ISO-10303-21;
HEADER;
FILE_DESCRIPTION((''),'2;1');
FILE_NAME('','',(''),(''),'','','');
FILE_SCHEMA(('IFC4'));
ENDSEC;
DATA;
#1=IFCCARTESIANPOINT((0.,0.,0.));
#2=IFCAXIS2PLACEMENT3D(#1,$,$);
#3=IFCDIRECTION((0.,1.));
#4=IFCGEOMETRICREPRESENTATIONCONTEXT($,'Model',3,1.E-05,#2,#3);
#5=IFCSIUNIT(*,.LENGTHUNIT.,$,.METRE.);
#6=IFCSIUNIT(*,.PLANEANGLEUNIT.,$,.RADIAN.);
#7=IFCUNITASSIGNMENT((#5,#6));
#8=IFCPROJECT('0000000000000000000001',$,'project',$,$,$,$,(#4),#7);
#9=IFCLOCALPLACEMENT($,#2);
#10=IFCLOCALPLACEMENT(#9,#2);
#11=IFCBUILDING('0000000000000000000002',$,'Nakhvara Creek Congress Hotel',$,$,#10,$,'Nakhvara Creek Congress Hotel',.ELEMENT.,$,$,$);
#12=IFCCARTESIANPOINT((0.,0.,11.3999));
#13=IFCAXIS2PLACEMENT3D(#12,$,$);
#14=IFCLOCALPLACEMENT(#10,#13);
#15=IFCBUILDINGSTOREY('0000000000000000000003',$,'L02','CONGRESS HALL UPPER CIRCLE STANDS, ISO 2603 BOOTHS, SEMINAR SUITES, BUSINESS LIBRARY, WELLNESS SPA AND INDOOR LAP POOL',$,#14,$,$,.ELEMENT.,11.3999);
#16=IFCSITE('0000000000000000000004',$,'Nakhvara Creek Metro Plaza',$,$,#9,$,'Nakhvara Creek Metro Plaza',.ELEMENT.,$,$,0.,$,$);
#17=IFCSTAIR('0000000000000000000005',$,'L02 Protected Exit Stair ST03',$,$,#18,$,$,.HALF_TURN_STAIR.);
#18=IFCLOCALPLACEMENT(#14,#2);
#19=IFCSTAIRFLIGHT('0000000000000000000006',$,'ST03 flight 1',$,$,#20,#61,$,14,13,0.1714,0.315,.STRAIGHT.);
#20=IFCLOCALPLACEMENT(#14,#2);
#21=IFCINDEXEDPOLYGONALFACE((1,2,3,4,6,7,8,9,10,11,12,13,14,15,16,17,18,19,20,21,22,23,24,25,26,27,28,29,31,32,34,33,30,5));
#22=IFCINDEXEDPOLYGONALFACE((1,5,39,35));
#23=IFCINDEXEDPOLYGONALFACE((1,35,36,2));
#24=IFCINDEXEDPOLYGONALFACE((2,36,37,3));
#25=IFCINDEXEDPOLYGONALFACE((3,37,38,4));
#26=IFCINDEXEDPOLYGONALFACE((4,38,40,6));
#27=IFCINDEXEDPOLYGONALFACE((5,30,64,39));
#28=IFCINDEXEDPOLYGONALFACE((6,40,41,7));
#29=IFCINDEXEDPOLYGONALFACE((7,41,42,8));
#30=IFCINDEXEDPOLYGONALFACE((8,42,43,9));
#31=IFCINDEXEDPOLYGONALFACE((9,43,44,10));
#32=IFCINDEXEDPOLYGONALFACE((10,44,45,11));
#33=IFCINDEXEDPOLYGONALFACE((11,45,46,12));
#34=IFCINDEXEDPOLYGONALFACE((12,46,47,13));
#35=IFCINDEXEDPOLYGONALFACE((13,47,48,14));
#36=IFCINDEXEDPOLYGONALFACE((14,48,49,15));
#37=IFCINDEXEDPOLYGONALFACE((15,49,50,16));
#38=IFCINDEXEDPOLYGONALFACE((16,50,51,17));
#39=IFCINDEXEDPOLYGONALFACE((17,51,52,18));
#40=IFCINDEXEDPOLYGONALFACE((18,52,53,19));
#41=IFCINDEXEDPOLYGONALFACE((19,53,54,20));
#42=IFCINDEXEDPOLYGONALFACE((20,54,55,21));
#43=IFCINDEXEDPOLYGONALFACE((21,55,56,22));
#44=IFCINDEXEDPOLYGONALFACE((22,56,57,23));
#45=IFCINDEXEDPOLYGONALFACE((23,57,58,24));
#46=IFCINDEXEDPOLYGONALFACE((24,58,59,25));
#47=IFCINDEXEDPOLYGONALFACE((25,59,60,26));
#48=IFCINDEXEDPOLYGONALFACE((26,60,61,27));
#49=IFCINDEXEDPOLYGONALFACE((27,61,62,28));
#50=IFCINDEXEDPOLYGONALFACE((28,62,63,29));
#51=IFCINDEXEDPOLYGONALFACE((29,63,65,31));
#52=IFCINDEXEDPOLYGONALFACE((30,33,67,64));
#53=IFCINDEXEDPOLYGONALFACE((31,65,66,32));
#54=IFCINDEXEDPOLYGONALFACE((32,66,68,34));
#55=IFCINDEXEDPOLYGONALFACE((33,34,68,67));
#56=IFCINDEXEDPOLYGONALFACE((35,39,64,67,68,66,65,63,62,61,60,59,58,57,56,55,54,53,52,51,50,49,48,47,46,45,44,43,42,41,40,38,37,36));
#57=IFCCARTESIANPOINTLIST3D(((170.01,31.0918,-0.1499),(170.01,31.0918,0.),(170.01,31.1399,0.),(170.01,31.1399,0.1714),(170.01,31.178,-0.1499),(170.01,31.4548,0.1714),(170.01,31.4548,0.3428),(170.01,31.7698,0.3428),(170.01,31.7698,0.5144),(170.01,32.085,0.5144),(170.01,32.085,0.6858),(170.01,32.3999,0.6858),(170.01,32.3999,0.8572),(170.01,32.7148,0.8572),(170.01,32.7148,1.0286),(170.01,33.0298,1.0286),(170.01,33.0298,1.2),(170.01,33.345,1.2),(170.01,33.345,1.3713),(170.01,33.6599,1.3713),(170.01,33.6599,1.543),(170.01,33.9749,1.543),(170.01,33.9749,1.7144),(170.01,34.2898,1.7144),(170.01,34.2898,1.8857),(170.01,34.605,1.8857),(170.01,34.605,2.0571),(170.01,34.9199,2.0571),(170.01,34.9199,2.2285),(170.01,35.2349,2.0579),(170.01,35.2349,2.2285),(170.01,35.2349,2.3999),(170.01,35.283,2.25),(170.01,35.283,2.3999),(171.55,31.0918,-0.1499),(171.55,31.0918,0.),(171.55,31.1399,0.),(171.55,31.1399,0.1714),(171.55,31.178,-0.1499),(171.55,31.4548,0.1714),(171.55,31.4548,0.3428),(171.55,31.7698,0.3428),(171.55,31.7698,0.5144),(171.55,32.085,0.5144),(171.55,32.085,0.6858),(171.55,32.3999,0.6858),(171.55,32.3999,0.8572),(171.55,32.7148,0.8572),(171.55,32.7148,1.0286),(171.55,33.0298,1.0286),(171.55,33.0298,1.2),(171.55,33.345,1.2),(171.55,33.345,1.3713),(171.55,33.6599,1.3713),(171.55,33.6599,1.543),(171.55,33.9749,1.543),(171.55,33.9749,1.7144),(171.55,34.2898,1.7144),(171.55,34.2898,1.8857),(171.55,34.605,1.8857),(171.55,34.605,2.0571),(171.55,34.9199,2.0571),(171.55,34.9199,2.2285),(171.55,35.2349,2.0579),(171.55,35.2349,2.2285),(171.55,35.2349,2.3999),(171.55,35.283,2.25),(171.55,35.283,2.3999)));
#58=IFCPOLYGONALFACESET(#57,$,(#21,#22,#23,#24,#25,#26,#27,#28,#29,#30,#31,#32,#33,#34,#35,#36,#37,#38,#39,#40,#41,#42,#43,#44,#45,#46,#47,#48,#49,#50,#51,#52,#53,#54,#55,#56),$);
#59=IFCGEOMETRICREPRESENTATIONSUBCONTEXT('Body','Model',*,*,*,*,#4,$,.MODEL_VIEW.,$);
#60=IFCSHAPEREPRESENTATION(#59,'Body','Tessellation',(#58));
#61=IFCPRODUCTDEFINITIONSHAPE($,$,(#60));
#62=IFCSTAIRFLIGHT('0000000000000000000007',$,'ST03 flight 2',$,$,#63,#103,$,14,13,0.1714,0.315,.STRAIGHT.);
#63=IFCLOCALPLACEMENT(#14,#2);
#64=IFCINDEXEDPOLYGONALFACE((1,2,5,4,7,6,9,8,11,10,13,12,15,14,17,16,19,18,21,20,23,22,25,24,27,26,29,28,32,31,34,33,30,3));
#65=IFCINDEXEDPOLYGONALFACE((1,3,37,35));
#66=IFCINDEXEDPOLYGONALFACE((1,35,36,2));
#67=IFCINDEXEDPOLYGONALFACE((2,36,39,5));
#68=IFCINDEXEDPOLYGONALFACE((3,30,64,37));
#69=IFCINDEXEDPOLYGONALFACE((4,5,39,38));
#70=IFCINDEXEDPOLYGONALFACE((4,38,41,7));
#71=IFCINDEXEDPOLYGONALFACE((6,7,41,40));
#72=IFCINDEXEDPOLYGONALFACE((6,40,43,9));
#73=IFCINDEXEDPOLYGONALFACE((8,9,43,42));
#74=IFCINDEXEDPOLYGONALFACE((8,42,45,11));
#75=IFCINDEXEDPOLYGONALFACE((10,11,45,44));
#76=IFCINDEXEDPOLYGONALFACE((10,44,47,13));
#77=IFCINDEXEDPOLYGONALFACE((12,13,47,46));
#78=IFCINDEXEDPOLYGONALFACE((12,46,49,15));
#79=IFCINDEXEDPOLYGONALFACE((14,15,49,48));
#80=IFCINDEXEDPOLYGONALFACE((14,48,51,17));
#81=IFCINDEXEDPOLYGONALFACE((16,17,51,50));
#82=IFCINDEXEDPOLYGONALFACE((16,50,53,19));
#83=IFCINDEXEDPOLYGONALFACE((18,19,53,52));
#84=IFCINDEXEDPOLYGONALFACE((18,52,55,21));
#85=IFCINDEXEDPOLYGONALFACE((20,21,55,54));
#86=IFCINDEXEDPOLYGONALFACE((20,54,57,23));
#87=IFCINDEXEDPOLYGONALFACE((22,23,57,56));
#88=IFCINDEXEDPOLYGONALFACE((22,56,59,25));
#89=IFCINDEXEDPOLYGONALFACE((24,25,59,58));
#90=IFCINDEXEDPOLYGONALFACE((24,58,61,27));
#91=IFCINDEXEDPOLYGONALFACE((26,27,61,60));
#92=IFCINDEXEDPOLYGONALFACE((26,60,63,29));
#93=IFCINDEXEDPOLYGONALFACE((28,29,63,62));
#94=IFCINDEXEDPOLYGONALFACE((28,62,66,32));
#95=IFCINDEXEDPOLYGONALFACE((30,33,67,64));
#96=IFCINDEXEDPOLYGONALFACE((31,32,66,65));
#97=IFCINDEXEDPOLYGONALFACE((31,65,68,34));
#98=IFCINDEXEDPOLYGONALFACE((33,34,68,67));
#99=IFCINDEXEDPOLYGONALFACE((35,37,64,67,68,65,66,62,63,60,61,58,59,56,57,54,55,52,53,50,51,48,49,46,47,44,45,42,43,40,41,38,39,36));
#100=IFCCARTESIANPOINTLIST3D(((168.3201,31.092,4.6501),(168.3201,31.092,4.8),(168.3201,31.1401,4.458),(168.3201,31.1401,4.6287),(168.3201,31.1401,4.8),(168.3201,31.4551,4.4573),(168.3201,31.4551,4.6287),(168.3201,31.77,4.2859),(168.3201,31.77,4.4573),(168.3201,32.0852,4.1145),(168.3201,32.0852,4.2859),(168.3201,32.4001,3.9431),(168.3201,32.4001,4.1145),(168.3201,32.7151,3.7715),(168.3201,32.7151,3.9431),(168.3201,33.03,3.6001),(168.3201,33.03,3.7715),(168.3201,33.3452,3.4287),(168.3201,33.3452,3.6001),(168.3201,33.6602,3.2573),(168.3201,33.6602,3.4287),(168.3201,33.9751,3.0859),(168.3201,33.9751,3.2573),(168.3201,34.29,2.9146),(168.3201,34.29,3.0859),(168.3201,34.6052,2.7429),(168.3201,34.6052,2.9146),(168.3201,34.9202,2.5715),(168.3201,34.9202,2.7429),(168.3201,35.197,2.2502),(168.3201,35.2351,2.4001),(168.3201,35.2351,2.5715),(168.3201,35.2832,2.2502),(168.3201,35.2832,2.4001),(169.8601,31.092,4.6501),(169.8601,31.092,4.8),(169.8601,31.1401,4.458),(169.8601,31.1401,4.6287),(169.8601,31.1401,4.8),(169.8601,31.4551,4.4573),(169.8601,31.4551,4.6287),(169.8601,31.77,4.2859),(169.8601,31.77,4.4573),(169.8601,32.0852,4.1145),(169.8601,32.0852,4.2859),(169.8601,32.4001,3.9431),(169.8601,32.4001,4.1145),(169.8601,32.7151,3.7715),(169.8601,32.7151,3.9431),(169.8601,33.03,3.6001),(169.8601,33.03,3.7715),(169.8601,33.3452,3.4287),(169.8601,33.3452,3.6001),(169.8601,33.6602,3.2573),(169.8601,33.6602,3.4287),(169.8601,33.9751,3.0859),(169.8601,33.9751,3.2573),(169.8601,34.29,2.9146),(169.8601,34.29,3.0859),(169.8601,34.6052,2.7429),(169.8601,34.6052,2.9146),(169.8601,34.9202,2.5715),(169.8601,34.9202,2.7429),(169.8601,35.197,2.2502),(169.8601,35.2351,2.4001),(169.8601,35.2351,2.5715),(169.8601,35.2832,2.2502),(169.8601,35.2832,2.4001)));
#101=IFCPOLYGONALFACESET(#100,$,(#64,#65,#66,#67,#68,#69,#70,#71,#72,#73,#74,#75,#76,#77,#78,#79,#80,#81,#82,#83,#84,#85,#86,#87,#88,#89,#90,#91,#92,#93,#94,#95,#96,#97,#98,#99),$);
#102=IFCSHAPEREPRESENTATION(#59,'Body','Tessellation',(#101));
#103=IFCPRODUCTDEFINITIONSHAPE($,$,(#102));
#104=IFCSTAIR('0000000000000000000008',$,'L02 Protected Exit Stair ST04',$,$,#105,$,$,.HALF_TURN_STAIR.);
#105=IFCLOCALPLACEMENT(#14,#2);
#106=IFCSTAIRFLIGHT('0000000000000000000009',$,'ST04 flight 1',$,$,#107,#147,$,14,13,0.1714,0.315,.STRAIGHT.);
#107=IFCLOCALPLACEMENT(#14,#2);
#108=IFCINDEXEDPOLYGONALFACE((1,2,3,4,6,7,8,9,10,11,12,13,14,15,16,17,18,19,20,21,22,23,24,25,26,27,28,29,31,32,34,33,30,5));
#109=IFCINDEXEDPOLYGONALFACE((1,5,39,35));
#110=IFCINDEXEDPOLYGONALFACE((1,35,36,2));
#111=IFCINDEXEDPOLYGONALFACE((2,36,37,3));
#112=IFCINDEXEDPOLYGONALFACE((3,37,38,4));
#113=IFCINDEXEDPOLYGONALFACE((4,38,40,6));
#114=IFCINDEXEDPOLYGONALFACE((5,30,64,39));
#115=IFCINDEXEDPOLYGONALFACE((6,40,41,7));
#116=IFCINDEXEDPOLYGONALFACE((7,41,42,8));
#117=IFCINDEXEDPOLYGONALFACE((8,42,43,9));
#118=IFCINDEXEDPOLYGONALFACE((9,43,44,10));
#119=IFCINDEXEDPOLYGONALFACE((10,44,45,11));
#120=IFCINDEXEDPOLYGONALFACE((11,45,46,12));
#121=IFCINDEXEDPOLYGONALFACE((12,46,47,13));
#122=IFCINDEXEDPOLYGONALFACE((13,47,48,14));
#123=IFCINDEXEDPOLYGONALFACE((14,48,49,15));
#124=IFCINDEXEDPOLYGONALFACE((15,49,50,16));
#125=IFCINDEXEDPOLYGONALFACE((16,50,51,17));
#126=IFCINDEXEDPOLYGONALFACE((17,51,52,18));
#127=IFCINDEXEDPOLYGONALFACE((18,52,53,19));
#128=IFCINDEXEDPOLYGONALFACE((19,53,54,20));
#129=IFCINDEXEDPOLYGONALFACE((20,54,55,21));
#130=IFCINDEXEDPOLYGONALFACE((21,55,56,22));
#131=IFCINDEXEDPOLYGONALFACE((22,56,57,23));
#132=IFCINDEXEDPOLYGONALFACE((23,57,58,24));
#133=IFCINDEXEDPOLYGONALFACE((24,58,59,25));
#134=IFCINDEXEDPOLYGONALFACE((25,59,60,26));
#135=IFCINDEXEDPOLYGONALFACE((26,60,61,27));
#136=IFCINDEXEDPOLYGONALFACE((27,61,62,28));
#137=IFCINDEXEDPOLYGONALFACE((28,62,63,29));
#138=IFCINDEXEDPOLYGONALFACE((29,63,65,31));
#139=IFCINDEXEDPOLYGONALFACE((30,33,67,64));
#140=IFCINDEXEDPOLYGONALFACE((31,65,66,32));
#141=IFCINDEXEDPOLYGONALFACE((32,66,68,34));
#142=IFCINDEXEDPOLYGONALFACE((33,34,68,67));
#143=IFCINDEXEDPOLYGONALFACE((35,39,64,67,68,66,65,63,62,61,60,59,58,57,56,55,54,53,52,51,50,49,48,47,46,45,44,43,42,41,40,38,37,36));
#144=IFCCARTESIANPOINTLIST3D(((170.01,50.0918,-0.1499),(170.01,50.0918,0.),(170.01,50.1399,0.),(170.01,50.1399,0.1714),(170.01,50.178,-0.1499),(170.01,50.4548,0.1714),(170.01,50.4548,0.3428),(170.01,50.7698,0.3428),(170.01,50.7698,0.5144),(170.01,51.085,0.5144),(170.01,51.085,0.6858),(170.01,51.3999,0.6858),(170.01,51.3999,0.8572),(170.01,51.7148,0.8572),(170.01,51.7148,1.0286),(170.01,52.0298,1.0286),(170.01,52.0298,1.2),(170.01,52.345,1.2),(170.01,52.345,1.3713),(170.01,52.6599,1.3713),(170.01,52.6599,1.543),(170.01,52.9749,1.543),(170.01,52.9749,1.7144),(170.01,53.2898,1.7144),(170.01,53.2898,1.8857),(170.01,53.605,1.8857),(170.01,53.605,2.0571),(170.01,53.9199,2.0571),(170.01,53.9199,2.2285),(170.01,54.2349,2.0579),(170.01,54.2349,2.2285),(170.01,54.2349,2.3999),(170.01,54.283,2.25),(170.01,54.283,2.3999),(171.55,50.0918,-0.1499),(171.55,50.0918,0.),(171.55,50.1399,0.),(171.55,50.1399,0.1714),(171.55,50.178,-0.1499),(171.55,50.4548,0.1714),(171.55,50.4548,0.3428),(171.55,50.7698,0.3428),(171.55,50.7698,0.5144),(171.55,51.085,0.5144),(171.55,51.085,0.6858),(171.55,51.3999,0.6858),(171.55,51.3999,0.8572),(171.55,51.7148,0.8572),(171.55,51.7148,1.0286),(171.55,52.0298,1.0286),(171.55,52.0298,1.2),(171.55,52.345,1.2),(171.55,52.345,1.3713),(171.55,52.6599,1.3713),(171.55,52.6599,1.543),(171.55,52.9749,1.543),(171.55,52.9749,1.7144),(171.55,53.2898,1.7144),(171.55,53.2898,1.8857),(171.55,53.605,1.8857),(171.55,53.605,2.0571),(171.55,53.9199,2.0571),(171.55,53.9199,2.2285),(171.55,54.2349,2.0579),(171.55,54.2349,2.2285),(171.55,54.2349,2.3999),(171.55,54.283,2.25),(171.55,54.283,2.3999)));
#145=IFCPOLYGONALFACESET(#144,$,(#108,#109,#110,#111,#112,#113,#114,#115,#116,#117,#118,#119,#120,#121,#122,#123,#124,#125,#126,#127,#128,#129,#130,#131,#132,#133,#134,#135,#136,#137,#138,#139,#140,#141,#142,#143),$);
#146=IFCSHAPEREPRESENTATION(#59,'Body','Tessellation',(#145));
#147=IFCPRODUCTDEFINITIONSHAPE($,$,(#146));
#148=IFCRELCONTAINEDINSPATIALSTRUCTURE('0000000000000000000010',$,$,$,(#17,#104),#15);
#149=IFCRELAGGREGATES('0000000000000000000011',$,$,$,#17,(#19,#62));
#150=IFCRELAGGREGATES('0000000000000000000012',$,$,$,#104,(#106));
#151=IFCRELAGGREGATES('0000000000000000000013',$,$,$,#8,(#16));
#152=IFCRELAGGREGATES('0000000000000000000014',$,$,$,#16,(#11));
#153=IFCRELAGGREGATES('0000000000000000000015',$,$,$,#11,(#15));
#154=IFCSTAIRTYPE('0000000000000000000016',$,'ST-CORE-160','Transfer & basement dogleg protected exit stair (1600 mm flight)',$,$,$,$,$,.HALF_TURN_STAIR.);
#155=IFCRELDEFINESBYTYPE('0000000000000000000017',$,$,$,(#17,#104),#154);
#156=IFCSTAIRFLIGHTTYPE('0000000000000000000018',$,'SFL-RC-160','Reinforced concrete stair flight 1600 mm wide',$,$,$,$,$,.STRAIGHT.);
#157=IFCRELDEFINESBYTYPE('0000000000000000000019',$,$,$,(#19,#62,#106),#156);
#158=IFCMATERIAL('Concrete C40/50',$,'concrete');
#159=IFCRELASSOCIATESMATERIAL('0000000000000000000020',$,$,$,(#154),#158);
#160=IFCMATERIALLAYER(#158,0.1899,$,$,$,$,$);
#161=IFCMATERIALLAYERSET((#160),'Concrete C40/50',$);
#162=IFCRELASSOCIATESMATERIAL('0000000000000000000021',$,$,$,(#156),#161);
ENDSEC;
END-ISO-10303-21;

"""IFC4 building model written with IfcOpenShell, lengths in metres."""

from ifc_helpers import new_model, si_unit, direction, frame, origin, place, context, subcontext, project, spatial, polyline, outline, extrude, material, layer, layer_set, type_object, element, aggregate, save


model = new_model("IFC4")

# Units and contexts
model_context = context("Model", 3, precision=1e-05, world=origin(), true_north=direction((0.0, 1.0)))
body_context = subcontext(model_context, "Body", "Model", "MODEL_VIEW")
ifc_project = project(units=[si_unit("LENGTHUNIT", "METRE"), si_unit("PLANEANGLEUNIT", "RADIAN")], contexts=[model_context])

# Site, building, storey
site_placement = place(None, origin())
site = spatial("IfcSite", under=ifc_project, at=site_placement, Name="Nakhvara Creek Metro Plaza", LongName="Nakhvara Creek Metro Plaza", CompositionType="ELEMENT", RefElevation=0.0)
building_placement = place(site_placement, origin())
building = spatial("IfcBuilding", under=site, at=building_placement, Name="Nakhvara Creek Congress Hotel", LongName="Nakhvara Creek Congress Hotel", CompositionType="ELEMENT")
storey_placement = place(building_placement, frame((0.0, 0.0, 11.3999)))
storey = spatial("IfcBuildingStorey", under=building, at=storey_placement, Name="L02", Description="CONGRESS HALL UPPER CIRCLE STANDS, ISO 2603 BOOTHS, SEMINAR SUITES, BUSINESS LIBRARY, WELLNESS SPA AND INDOOR LAP POOL", CompositionType="ELEMENT", Elevation=11.3999)

# Shared definitions
ifc_material_1 = material(Name="Concrete C40/50", Category="concrete")

# Stair, stair flights
stair_type = type_object("IfcStairType", Name="ST-CORE-160", Description="Transfer & basement dogleg protected exit stair (1600 mm flight)", PredefinedType="HALF_TURN_STAIR", material=ifc_material_1)
stair_1_placement = place(storey_placement, origin())
stair_1 = element("IfcStair", 1, at=stair_1_placement, inside=storey, type_object=stair_type, Name="L02 Protected Exit Stair ST03", PredefinedType="HALF_TURN_STAIR")
ifc_layer_1 = layer(ifc_material_1, 0.1899)
ifc_layer_set_1 = layer_set([ifc_layer_1], Name="Concrete C40/50")
stair_flight_type = type_object("IfcStairFlightType", Name="SFL-RC-160", Description="Reinforced concrete stair flight 1600 mm wide", PredefinedType="STRAIGHT", material=ifc_layer_set_1)
stair_flight_1_placement = place(storey_placement, frame((170.78, 31.1399, 0.0), z_axis=(0.0, 0.0, 1.0), x_axis=(0.0, 1.0, 0.0)))
stair_flight_1 = element("IfcStairFlight", 2, at=stair_flight_1_placement, type_object=stair_flight_type, Name="ST03 flight 1", NumberOfRisers=14, NumberOfTreads=13, PredefinedType="STRAIGHT", RiserHeight=0.1714, TreadLength=0.315, context=body_context, shape_type="SweptSolid", body=[
    extrude(outline(polyline([(-0.0481, 0.0), (0.0, 0.0), (0.0, 0.1714), (0.3149, 0.1714), (0.3149, 0.3428), (0.6299, 0.3428), (0.6299, 0.5144), (0.9451, 0.5144), (0.9451, 0.6858), (1.26, 0.6858), (1.26, 0.8572), (1.575, 0.8572), (1.575, 1.0286), (1.8899, 1.0286), (1.8899, 1.2), (2.2051, 1.2), (2.2051, 1.3713), (2.52, 1.3713), (2.52, 1.543), (2.835, 1.543), (2.835, 1.7144), (3.1499, 1.7144), (3.1499, 1.8857), (3.4651, 1.8857), (3.4651, 2.0571), (3.78, 2.0571), (3.78, 2.2285), (4.095, 2.2285), (4.095, 2.3999), (4.1431, 2.3999), (4.1431, 2.25), (4.095, 2.0579), (0.0381, -0.1499), (-0.0481, -0.1499), (-0.0481, 0.0)])), frame((0.0, 0.77, 0.0), z_axis=(0.0, -1.0, 0.0), x_axis=(1.0, 0.0, 0.0)), (0.0, 0.0, 1.0), 1.54),
])
stair_flight_2_placement = place(storey_placement, frame((169.0901, 35.2351, 2.4001), z_axis=(0.0, 0.0, 1.0), x_axis=(0.0, -1.0, 0.0)))
stair_flight_2 = element("IfcStairFlight", 3, at=stair_flight_2_placement, type_object=stair_flight_type, Name="ST03 flight 2", NumberOfRisers=14, NumberOfTreads=13, PredefinedType="STRAIGHT", RiserHeight=0.1714, TreadLength=0.315, context=body_context, shape_type="SweptSolid", body=[
    extrude(outline(polyline([(-0.0481, 0.0), (0.0, 0.0), (0.0, 0.1714), (0.3149, 0.1714), (0.3149, 0.3428), (0.6299, 0.3428), (0.6299, 0.5144), (0.9451, 0.5144), (0.9451, 0.6858), (1.26, 0.6858), (1.26, 0.8572), (1.575, 0.8572), (1.575, 1.0286), (1.8899, 1.0286), (1.8899, 1.2), (2.2051, 1.2), (2.2051, 1.3713), (2.52, 1.3713), (2.52, 1.543), (2.835, 1.543), (2.835, 1.7144), (3.1499, 1.7144), (3.1499, 1.8857), (3.4651, 1.8857), (3.4651, 2.0571), (3.78, 2.0571), (3.78, 2.2285), (4.095, 2.2285), (4.095, 2.3999), (4.1431, 2.3999), (4.1431, 2.25), (4.095, 2.0579), (0.0381, -0.1499), (-0.0481, -0.1499), (-0.0481, 0.0)])), frame((0.0, 0.77, 0.0), z_axis=(0.0, -1.0, 0.0), x_axis=(1.0, 0.0, 0.0)), (0.0, 0.0, 1.0), 1.54),
])
aggregate(stair_1, [stair_flight_1, stair_flight_2])

# Stair, stair flight
stair_2_placement = place(storey_placement, origin())
stair_2 = element("IfcStair", 4, at=stair_2_placement, inside=storey, type_object=stair_type, Name="L02 Protected Exit Stair ST04", PredefinedType="HALF_TURN_STAIR")
stair_flight_3_placement = place(storey_placement, frame((170.78, 50.1399, 0.0), z_axis=(0.0, 0.0, 1.0), x_axis=(0.0, 1.0, 0.0)))
stair_flight_3 = element("IfcStairFlight", 5, at=stair_flight_3_placement, type_object=stair_flight_type, Name="ST04 flight 1", NumberOfRisers=14, NumberOfTreads=13, PredefinedType="STRAIGHT", RiserHeight=0.1714, TreadLength=0.315, context=body_context, shape_type="SweptSolid", body=[
    extrude(outline(polyline([(-0.0481, 0.0), (0.0, 0.0), (0.0, 0.1714), (0.3149, 0.1714), (0.3149, 0.3428), (0.6299, 0.3428), (0.6299, 0.5144), (0.9451, 0.5144), (0.9451, 0.6858), (1.26, 0.6858), (1.26, 0.8572), (1.575, 0.8572), (1.575, 1.0286), (1.8899, 1.0286), (1.8899, 1.2), (2.2051, 1.2), (2.2051, 1.3713), (2.52, 1.3713), (2.52, 1.543), (2.835, 1.543), (2.835, 1.7144), (3.1499, 1.7144), (3.1499, 1.8857), (3.4651, 1.8857), (3.4651, 2.0571), (3.78, 2.0571), (3.78, 2.2285), (4.095, 2.2285), (4.095, 2.3999), (4.1431, 2.3999), (4.1431, 2.25), (4.095, 2.0579), (0.0381, -0.1499), (-0.0481, -0.1499), (-0.0481, 0.0)])), frame((0.0, 0.77, 0.0), z_axis=(0.0, -1.0, 0.0), x_axis=(1.0, 0.0, 0.0)), (0.0, 0.0, 1.0), 1.54),
])
aggregate(stair_2, [stair_flight_3])

save(model, "model.ifc")
